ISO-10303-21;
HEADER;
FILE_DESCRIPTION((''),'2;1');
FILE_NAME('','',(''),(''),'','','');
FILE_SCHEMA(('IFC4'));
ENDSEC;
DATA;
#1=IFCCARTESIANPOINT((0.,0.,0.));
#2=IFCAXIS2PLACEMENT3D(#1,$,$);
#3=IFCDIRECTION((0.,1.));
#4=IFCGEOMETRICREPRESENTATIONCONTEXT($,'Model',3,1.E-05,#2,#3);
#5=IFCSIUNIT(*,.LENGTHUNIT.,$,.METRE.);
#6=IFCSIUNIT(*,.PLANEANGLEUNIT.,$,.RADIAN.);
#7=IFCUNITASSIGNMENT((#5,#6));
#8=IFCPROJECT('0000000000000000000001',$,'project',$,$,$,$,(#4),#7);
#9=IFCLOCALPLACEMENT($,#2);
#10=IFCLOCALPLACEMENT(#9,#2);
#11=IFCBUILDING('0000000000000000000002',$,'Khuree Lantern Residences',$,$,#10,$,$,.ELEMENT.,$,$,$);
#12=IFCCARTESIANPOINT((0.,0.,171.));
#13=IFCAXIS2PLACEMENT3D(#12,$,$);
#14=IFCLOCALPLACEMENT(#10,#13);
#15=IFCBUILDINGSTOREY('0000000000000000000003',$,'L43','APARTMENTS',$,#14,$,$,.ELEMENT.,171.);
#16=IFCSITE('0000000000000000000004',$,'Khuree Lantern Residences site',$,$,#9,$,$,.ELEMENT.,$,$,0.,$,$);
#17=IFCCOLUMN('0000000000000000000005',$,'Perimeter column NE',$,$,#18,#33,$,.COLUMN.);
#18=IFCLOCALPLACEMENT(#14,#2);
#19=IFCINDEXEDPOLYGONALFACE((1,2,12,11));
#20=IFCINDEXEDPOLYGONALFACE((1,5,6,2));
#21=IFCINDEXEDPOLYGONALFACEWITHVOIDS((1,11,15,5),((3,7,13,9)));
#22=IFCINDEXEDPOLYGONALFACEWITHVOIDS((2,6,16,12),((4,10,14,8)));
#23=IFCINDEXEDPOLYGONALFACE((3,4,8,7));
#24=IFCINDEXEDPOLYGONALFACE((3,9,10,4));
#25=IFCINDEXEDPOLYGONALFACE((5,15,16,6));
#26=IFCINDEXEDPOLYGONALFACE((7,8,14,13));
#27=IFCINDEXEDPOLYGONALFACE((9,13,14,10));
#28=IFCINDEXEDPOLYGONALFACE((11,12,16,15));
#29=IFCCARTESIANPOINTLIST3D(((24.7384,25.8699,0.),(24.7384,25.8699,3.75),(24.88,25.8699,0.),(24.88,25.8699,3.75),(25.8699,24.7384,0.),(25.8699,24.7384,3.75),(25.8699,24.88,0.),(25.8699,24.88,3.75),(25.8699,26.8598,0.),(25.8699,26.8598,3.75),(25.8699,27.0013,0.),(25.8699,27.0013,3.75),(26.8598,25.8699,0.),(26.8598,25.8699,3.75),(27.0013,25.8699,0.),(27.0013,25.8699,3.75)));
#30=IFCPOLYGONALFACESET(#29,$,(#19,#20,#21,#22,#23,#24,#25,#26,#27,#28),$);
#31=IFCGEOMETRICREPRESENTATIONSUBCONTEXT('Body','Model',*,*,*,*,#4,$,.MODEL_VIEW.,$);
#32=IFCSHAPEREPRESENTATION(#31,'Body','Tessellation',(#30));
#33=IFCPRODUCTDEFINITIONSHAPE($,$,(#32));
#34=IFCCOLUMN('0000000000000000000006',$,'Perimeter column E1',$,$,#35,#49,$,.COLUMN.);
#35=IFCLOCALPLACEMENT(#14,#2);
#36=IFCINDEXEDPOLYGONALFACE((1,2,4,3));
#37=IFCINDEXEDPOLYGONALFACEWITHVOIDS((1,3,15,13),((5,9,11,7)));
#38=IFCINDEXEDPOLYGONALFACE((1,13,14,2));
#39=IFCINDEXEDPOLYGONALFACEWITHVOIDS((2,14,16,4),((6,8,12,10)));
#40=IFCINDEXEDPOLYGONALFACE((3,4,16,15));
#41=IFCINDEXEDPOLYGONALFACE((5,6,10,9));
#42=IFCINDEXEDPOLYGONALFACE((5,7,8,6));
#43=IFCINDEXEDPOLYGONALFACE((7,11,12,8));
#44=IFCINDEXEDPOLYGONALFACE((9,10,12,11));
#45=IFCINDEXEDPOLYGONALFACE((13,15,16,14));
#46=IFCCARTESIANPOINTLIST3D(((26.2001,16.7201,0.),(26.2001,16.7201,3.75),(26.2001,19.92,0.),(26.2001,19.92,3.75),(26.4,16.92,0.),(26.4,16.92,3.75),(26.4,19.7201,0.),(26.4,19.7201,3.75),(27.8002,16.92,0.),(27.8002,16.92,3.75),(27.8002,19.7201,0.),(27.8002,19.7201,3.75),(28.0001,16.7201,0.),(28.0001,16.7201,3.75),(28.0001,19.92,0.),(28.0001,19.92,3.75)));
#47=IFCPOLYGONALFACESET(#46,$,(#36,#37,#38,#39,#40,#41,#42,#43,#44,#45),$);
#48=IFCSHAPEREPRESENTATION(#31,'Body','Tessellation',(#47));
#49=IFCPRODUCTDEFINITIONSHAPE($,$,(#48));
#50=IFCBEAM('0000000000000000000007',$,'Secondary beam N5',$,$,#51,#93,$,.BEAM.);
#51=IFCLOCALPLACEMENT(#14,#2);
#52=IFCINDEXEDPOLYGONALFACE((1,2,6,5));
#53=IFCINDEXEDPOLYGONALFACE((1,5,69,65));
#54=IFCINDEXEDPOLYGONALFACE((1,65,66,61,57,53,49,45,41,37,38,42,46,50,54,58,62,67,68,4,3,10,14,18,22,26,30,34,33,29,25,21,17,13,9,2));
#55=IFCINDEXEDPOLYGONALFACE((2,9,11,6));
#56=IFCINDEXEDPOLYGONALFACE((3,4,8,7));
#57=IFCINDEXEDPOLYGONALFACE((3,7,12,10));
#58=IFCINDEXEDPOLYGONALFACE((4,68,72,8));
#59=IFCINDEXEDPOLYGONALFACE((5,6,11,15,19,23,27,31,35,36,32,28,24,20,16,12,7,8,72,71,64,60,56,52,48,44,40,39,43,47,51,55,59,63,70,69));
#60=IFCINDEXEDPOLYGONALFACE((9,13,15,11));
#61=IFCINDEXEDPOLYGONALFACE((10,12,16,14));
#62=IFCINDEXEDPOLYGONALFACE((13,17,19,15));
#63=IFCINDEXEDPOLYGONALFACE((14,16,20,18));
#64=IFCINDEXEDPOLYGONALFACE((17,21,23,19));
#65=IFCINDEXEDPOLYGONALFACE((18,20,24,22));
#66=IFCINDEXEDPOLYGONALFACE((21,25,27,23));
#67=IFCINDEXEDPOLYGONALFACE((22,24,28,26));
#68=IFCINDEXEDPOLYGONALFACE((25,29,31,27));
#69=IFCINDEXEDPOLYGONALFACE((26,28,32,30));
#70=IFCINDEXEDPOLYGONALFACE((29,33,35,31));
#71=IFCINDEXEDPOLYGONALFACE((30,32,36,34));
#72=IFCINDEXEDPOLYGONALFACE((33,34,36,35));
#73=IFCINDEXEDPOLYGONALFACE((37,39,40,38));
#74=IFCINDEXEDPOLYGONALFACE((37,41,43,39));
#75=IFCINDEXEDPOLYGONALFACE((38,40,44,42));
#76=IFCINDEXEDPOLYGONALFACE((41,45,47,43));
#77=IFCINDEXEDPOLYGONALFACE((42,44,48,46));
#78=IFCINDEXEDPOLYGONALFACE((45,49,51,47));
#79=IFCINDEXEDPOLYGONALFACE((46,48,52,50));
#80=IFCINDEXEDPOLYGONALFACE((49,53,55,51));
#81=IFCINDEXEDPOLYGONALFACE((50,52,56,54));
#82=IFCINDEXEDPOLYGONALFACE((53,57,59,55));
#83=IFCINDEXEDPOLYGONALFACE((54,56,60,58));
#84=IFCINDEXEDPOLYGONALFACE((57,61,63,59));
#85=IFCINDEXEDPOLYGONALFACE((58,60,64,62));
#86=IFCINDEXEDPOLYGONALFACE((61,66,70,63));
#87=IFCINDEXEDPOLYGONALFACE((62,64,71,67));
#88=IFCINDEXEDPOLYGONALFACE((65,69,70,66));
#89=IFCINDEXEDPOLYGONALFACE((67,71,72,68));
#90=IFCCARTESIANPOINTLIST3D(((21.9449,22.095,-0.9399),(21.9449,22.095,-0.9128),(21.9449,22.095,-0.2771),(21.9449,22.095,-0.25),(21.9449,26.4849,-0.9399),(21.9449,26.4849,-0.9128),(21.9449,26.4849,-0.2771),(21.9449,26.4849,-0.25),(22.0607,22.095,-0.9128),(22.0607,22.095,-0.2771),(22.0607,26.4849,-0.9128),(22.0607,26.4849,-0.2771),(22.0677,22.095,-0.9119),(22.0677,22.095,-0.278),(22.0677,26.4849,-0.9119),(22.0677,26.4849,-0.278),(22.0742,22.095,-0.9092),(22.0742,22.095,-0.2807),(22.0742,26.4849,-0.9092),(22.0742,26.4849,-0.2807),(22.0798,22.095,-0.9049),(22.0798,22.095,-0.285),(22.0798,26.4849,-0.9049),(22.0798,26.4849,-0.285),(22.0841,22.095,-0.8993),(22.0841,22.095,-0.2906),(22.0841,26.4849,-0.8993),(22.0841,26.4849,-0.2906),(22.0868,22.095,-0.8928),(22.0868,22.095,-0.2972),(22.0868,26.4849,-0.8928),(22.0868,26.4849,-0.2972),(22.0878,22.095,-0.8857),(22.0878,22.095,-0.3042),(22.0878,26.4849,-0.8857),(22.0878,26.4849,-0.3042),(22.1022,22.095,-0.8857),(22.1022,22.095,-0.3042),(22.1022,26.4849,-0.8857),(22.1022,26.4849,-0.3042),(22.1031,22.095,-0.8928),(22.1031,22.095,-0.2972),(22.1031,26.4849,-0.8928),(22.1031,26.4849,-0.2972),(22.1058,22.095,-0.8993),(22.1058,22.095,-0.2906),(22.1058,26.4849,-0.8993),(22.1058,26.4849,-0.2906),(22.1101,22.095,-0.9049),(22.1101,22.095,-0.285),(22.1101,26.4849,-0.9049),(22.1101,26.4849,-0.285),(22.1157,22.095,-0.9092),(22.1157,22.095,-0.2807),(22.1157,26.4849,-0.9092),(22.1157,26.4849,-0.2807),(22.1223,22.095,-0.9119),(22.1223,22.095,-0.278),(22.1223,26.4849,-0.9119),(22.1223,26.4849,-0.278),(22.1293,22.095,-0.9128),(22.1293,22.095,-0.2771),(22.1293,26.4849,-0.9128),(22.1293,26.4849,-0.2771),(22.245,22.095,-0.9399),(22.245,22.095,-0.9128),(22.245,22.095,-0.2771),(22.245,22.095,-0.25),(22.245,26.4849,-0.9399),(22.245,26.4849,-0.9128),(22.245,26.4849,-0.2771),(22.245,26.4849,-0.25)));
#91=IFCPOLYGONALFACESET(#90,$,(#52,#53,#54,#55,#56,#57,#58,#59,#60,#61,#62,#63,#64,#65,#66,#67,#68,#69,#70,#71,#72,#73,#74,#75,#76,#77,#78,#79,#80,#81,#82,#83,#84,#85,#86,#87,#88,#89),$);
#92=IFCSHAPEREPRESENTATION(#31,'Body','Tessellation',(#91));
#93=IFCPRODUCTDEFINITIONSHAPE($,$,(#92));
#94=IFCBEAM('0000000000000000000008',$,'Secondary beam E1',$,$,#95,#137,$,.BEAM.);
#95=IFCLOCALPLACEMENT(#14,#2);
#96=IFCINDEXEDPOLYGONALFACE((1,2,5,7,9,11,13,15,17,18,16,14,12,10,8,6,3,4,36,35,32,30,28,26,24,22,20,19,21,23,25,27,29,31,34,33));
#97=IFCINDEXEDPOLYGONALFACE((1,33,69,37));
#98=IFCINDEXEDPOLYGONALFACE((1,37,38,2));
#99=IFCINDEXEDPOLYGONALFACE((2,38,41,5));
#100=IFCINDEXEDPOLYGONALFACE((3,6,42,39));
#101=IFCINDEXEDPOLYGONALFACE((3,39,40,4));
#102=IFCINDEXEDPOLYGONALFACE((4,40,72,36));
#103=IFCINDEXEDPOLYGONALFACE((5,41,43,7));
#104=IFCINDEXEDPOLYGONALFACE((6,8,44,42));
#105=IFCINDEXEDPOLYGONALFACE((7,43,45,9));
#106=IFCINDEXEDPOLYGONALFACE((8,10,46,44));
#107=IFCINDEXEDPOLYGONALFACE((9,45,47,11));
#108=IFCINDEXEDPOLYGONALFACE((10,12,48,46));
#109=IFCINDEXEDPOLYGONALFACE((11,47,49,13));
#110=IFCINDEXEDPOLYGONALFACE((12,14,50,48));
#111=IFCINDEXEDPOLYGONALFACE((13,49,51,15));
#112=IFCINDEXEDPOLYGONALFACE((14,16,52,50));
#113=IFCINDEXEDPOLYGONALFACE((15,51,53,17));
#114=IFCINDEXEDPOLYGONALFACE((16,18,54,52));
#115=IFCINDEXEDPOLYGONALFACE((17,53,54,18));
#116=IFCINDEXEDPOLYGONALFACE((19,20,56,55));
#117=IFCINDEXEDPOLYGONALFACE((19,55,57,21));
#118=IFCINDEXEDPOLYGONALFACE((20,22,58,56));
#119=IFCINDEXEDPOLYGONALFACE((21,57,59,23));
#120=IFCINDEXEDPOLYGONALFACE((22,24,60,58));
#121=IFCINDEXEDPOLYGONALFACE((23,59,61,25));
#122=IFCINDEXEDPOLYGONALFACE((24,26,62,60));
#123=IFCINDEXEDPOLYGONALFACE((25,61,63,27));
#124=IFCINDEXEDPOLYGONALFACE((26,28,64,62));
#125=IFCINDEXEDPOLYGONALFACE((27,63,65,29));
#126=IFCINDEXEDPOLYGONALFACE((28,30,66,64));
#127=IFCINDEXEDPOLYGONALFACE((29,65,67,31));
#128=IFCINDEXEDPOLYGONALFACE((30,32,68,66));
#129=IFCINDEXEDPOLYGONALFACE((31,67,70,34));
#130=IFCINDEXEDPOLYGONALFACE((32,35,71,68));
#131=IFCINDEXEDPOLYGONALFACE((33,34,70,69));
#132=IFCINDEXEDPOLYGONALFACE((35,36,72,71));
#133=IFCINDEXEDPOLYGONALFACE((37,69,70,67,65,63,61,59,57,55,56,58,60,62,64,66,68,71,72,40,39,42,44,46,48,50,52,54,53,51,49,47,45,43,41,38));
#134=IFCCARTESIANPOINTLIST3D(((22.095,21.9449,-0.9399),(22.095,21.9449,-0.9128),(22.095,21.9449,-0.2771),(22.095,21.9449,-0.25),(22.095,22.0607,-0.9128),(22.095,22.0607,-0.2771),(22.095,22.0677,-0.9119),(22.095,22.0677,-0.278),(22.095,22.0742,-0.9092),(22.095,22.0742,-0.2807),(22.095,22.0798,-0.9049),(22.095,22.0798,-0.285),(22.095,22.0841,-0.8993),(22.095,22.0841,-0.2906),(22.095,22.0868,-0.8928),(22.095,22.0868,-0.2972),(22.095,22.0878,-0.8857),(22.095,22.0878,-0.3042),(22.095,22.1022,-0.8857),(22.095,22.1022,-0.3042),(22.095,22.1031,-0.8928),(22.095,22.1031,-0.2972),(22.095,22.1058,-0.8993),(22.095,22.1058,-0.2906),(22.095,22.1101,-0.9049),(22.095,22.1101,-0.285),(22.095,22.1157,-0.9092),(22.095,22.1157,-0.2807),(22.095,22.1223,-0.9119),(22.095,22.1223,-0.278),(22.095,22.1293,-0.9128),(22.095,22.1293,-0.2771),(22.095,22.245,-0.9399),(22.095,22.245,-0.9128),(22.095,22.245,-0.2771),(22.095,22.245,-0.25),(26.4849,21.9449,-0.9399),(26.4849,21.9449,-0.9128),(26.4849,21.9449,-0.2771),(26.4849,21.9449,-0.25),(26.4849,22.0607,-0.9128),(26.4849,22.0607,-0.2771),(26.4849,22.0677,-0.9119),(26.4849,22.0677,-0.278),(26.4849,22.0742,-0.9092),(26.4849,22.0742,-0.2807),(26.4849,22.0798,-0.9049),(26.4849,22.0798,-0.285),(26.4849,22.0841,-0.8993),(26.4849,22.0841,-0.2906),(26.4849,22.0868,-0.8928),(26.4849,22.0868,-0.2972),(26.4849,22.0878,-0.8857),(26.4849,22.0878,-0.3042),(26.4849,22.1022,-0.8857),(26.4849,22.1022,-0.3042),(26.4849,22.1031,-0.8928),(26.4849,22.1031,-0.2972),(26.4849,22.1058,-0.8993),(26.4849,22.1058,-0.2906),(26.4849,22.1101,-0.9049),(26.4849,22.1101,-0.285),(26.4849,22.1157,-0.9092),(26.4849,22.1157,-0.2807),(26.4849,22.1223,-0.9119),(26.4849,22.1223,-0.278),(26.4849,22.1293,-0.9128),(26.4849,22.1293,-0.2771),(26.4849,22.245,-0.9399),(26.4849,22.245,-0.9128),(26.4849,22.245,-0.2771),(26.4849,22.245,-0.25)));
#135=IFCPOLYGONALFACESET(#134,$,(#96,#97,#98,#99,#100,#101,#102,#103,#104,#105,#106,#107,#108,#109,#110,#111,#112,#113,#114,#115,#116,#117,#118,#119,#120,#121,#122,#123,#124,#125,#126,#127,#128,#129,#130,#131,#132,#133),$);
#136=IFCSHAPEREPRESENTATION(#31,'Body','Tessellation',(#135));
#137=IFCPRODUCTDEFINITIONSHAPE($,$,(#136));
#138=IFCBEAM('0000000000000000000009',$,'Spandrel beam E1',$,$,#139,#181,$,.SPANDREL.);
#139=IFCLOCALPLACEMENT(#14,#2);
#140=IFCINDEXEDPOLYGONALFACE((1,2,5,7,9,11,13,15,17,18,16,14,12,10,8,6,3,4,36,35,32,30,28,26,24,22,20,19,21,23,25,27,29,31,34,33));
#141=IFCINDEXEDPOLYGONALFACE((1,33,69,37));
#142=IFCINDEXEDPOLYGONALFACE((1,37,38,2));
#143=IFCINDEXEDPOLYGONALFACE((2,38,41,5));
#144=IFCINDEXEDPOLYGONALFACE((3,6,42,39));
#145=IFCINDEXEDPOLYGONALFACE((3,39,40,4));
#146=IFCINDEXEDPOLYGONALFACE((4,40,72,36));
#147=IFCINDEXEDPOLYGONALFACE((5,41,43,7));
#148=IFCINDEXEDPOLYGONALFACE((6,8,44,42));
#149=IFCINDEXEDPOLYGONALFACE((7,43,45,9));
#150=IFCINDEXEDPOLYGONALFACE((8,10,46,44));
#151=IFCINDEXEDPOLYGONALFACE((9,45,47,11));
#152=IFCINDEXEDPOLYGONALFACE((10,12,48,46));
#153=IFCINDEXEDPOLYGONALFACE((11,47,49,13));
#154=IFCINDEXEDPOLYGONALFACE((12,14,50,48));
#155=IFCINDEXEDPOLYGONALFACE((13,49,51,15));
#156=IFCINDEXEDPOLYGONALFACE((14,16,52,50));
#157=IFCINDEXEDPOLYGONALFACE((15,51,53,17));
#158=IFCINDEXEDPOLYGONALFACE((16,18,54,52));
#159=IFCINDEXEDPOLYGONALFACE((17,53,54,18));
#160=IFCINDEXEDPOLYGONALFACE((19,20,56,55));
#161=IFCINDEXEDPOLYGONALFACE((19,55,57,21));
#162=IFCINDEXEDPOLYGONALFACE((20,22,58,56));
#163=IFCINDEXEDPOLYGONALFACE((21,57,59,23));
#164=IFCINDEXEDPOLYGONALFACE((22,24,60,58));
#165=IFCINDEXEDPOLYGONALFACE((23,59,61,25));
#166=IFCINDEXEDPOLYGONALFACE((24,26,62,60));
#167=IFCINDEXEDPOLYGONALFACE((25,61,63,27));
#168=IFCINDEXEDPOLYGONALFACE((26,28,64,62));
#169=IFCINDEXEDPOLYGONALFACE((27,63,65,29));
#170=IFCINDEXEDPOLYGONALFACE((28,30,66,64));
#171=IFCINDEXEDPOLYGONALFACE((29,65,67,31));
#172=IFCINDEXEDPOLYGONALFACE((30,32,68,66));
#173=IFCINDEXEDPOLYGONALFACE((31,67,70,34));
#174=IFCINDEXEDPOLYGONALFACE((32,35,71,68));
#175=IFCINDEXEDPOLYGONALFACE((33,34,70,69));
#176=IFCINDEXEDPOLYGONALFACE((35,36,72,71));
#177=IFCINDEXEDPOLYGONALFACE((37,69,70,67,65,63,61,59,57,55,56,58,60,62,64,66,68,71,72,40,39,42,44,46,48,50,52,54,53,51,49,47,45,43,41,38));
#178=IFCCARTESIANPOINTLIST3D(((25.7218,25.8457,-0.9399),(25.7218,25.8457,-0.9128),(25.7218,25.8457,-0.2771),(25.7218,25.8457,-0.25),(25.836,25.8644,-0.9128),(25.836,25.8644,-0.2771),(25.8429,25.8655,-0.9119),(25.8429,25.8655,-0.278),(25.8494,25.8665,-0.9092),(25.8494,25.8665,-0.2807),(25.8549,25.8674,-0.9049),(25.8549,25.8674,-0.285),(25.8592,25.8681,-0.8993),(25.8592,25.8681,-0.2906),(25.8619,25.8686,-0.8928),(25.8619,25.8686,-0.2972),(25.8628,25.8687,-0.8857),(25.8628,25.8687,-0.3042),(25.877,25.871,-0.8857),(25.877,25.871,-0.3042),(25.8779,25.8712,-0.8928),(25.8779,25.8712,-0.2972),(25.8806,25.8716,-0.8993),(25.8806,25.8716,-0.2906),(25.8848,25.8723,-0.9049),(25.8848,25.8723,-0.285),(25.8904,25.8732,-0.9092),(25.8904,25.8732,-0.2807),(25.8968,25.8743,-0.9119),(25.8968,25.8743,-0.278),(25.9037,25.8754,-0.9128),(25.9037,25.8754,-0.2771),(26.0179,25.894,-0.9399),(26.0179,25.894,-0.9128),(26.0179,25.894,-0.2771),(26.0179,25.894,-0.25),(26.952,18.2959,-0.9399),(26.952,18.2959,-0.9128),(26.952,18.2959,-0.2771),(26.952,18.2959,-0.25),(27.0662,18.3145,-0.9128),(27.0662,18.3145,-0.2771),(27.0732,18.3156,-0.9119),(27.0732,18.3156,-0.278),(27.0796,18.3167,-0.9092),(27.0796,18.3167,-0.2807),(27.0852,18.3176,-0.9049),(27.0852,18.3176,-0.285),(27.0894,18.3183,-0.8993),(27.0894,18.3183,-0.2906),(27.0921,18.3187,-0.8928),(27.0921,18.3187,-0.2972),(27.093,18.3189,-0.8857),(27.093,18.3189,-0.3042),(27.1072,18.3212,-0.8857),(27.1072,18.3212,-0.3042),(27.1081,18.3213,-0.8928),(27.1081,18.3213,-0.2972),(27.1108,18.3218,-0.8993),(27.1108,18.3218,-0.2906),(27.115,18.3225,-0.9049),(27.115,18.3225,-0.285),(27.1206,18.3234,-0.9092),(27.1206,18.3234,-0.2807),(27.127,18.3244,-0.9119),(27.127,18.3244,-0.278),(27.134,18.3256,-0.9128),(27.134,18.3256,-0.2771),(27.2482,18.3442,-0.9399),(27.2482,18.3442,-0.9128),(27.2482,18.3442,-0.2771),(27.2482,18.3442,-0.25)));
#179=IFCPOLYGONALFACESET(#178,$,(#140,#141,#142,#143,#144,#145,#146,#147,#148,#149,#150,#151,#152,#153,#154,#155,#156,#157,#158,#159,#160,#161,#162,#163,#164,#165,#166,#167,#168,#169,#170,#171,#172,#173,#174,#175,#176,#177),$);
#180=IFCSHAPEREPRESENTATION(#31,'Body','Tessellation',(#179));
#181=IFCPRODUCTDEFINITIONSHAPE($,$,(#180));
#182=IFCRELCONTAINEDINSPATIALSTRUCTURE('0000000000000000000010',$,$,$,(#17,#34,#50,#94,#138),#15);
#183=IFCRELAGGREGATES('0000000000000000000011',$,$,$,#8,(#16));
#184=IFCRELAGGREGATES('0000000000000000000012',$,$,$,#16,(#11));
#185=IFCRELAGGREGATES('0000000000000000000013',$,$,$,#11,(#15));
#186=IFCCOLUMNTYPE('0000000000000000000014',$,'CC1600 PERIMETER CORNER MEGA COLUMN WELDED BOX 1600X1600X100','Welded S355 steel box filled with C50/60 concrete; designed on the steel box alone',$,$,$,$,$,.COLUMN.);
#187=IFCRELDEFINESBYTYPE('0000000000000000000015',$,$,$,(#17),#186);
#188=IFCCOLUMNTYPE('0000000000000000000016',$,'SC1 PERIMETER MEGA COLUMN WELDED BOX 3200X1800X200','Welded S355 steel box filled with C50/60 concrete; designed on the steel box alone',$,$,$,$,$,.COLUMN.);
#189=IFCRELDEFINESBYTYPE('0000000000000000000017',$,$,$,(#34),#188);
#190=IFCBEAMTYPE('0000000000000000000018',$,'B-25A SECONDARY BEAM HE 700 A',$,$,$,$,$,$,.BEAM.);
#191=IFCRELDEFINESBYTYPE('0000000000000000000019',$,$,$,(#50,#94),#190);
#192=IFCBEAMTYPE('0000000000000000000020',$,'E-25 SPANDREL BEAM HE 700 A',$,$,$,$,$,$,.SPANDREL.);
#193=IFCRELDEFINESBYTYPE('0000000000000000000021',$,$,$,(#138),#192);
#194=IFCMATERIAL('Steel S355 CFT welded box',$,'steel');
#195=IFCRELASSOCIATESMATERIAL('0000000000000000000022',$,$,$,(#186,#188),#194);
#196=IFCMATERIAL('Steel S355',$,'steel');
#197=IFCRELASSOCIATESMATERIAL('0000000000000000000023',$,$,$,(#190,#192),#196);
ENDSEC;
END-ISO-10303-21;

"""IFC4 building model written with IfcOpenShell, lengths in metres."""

from ifc_helpers import new_model, si_unit, direction, frame, origin, origin_2d, place, context, subcontext, project, spatial, hollow_rectangle, i_section, extrude, material, material_profile, profile_set, type_object, element, save


model = new_model("IFC4")

# Units and contexts
model_context = context("Model", 3, precision=1e-05, world=origin(), true_north=direction((0.0, 1.0)))
body_context = subcontext(model_context, "Body", "Model", "MODEL_VIEW")
ifc_project = project(units=[si_unit("LENGTHUNIT", "METRE"), si_unit("PLANEANGLEUNIT", "RADIAN")], contexts=[model_context])

# Site, building, storey
site_placement = place(None, origin())
site = spatial("IfcSite", under=ifc_project, at=site_placement, Name="Khuree Lantern Residences site", CompositionType="ELEMENT", RefElevation=0.0)
building_placement = place(site_placement, origin())
building = spatial("IfcBuilding", under=site, at=building_placement, Name="Khuree Lantern Residences", CompositionType="ELEMENT")
storey_placement = place(building_placement, frame((0.0, 0.0, 171.0)))
storey = spatial("IfcBuildingStorey", under=building, at=storey_placement, Name="L43", Description="APARTMENTS", CompositionType="ELEMENT", Elevation=171.0)

# Columns
ifc_material_1 = material(Name="Steel S355 CFT welded box", Category="steel")
ifc_material_profile_1 = material_profile(ifc_material_1, hollow_rectangle(XDim=1.6001, YDim=1.6001, WallThickness=0.1001, at=origin_2d()), Name="WELDED BOX 1600X1600X100")
ifc_profile_set_1 = profile_set([ifc_material_profile_1], Name="Steel S355 CFT welded box")
column_type_1 = type_object("IfcColumnType", Name="CC1600 PERIMETER CORNER MEGA COLUMN WELDED BOX 1600X1600X100", Description="Welded S355 steel box filled with C50/60 concrete; designed on the steel box alone", PredefinedType="COLUMN", material=ifc_profile_set_1)
column_1_placement = place(storey_placement, frame((25.8699, 25.8699, 0.0), z_axis=(0.0, 0.0, 1.0), x_axis=(0.707107, -0.707107, 0.0)))
element("IfcColumn", 1, at=column_1_placement, inside=storey, type_object=column_type_1, Name="Perimeter column NE", PredefinedType="COLUMN", context=body_context, shape_type="SweptSolid", body=[
    extrude(hollow_rectangle(XDim=1.6001, YDim=1.6001, WallThickness=0.1001, at=origin_2d()), origin(), (0.0, 0.0, 1.0), 3.75),
])
ifc_material_profile_2 = material_profile(ifc_material_1, hollow_rectangle(XDim=3.2, YDim=1.8, WallThickness=0.2, at=origin_2d()), Name="WELDED BOX 3200X1800X200")
ifc_profile_set_2 = profile_set([ifc_material_profile_2], Name="Steel S355 CFT welded box")
column_type_2 = type_object("IfcColumnType", Name="SC1 PERIMETER MEGA COLUMN WELDED BOX 3200X1800X200", Description="Welded S355 steel box filled with C50/60 concrete; designed on the steel box alone", PredefinedType="COLUMN", material=ifc_profile_set_2)
column_2_placement = place(storey_placement, frame((27.1001, 18.3201, 0.0), z_axis=(0.0, 0.0, 1.0), x_axis=(0.0, 1.0, 0.0)))
element("IfcColumn", 2, at=column_2_placement, inside=storey, type_object=column_type_2, Name="Perimeter column E1", PredefinedType="COLUMN", context=body_context, shape_type="SweptSolid", body=[
    extrude(hollow_rectangle(XDim=3.2, YDim=1.8, WallThickness=0.2, at=origin_2d()), origin(), (0.0, 0.0, 1.0), 3.75),
])

# Beams
ifc_material_2 = material(Name="Steel S355", Category="steel")
ifc_material_profile_3 = material_profile(ifc_material_2, i_section(OverallWidth=0.3, OverallDepth=0.6899, WebThickness=0.0144, FlangeThickness=0.0271, FilletRadius=0.0271, at=origin_2d()), Name="HE 700 A")
ifc_profile_set_3 = profile_set([ifc_material_profile_3], Name="Steel S355")
beam_type_1 = type_object("IfcBeamType", Name="B-25A SECONDARY BEAM HE 700 A", PredefinedType="BEAM", material=ifc_profile_set_3)
for number, where, z_axis, x_axis, name in (
    (3, (22.095, 26.4849, -0.595), (0.0, -1.0, 0.0), (1.0, 0.0, 0.0), "Secondary beam N5"),
    (4, (26.4849, 22.095, -0.595), (-1.0, 0.0, 0.0), (0.0, -1.0, 0.0), "Secondary beam E1"),
):
    element("IfcBeam", number, at=place(storey_placement, frame(where, z_axis=z_axis, x_axis=x_axis)), inside=storey, type_object=beam_type_1, Name=name, PredefinedType="BEAM", context=body_context, shape_type="SweptSolid", body=[
        extrude(i_section(OverallWidth=0.3, OverallDepth=0.6899, WebThickness=0.0144, FlangeThickness=0.0271, FilletRadius=0.0271, at=origin_2d()), origin(), (0.0, 0.0, 1.0), 4.3899),
    ])
ifc_material_profile_4 = material_profile(ifc_material_2, i_section(OverallWidth=0.3, OverallDepth=0.6899, WebThickness=0.0144, FlangeThickness=0.0271, FilletRadius=0.0271, at=origin_2d()), Name="HE 700 A")
ifc_profile_set_4 = profile_set([ifc_material_profile_4], Name="Steel S355")
beam_type_2 = type_object("IfcBeamType", Name="E-25 SPANDREL BEAM HE 700 A", PredefinedType="SPANDREL", material=ifc_profile_set_4)
beam_1_placement = place(storey_placement, frame((25.8699, 25.8699, -0.595), z_axis=(0.160827, -0.986983, 0.0), x_axis=(0.986983, 0.160827, 0.0)))
element("IfcBeam", 5, at=beam_1_placement, inside=storey, type_object=beam_type_2, Name="Spandrel beam E1", PredefinedType="SPANDREL", context=body_context, shape_type="SweptSolid", body=[
    extrude(i_section(OverallWidth=0.3, OverallDepth=0.6899, WebThickness=0.0144, FlangeThickness=0.0271, FilletRadius=0.0271, at=origin_2d()), origin(), (0.0, 0.0, 1.0), 7.6494),
])

save(model, "model.ifc")
